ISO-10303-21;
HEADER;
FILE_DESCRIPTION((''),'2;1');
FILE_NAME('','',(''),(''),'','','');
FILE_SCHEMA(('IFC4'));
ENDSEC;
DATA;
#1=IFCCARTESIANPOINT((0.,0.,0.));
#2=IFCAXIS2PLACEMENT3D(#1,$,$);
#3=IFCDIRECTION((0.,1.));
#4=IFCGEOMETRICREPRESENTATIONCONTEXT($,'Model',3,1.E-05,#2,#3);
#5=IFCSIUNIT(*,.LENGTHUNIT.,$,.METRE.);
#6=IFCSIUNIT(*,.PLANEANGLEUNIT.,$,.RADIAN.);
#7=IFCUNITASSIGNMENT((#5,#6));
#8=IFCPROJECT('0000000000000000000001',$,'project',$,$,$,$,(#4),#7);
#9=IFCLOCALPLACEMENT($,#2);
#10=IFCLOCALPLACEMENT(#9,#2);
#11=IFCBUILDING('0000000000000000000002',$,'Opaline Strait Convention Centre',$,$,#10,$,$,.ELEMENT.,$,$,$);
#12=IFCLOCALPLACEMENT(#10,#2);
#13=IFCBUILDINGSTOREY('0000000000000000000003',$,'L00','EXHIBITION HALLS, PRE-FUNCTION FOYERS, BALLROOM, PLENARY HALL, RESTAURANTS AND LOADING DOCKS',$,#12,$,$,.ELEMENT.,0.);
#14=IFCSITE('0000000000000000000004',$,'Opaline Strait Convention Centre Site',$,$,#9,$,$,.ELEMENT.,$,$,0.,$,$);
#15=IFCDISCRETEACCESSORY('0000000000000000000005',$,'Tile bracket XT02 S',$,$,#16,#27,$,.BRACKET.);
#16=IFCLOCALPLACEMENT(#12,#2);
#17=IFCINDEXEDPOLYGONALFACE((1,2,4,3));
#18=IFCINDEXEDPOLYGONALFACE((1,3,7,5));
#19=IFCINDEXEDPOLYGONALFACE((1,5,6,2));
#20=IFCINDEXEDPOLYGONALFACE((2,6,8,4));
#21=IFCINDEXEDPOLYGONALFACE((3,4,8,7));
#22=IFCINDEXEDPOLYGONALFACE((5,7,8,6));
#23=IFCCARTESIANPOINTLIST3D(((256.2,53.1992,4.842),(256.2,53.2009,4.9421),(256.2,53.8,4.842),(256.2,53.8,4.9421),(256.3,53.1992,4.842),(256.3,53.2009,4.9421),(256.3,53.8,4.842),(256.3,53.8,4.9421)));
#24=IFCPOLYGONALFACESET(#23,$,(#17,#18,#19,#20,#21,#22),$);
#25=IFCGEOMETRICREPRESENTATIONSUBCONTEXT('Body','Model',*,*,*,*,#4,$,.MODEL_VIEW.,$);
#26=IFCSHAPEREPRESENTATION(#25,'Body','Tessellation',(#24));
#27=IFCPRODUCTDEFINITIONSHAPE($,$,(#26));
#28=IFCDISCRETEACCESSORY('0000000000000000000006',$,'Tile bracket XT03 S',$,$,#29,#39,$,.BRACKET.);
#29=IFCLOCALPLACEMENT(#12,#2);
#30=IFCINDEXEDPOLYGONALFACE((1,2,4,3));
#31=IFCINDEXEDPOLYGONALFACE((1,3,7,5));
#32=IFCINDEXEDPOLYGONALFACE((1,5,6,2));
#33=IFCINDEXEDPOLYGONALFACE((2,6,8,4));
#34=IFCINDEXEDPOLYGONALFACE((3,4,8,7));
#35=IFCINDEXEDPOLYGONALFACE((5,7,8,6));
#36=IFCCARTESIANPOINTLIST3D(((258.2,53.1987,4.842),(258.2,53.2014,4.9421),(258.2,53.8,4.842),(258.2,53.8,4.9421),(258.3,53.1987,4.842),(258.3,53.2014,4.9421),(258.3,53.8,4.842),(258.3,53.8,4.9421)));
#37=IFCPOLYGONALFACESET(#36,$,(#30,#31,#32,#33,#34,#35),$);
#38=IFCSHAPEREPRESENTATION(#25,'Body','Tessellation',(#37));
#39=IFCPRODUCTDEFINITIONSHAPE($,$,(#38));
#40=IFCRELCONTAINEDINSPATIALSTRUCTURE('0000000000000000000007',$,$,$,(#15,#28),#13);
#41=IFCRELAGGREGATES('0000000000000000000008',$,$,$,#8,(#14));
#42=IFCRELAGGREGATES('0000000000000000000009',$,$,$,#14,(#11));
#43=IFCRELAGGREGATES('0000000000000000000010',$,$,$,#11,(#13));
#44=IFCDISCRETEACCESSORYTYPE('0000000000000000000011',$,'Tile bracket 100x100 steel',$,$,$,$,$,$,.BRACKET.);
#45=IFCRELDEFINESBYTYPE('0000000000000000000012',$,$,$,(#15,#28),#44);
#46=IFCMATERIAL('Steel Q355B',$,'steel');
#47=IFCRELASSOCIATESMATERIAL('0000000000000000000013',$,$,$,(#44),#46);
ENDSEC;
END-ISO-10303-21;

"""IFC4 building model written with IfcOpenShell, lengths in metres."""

from ifc_helpers import new_model, si_unit, direction, frame, origin, place, context, subcontext, project, spatial, polyline, outline, extrude, material, type_object, element, save


model = new_model("IFC4")

# Units and contexts
model_context = context("Model", 3, precision=1e-05, world=origin(), true_north=direction((0.0, 1.0)))
body_context = subcontext(model_context, "Body", "Model", "MODEL_VIEW")
ifc_project = project(units=[si_unit("LENGTHUNIT", "METRE"), si_unit("PLANEANGLEUNIT", "RADIAN")], contexts=[model_context])

# Site, building, storey
site_placement = place(None, origin())
site = spatial("IfcSite", under=ifc_project, at=site_placement, Name="Opaline Strait Convention Centre Site", CompositionType="ELEMENT", RefElevation=0.0)
building_placement = place(site_placement, origin())
building = spatial("IfcBuilding", under=site, at=building_placement, Name="Opaline Strait Convention Centre", CompositionType="ELEMENT")
storey_placement = place(building_placement, origin())
storey = spatial("IfcBuildingStorey", under=building, at=storey_placement, Name="L00", Description="EXHIBITION HALLS, PRE-FUNCTION FOYERS, BALLROOM, PLENARY HALL, RESTAURANTS AND LOADING DOCKS", CompositionType="ELEMENT", Elevation=0.0)

# Discrete accessories
ifc_material_1 = material(Name="Steel Q355B", Category="steel")
discrete_accessory_type = type_object("IfcDiscreteAccessoryType", Name="Tile bracket 100x100 steel", PredefinedType="BRACKET", material=ifc_material_1)
discrete_accessory_1_placement = place(storey_placement, frame((256.2, 53.8, 4.8921), z_axis=(1.0, 0.0, 0.0), x_axis=(0.0, 1.0, 0.0)))
element("IfcDiscreteAccessory", 1, at=discrete_accessory_1_placement, inside=storey, type_object=discrete_accessory_type, Name="Tile bracket XT02 S", PredefinedType="BRACKET", context=body_context, shape_type="SweptSolid", body=[
    extrude(outline(polyline([(0.0, -0.05), (0.0, 0.05), (-0.5991, 0.05), (-0.6008, -0.05), (0.0, -0.05)])), origin(), (0.0, 0.0, 1.0), 0.1001),
])
discrete_accessory_2_placement = place(storey_placement, frame((258.2, 53.8, 4.8921), z_axis=(1.0, 0.0, 0.0), x_axis=(0.0, 1.0, 0.0)))
element("IfcDiscreteAccessory", 2, at=discrete_accessory_2_placement, inside=storey, type_object=discrete_accessory_type, Name="Tile bracket XT03 S", PredefinedType="BRACKET", context=body_context, shape_type="SweptSolid", body=[
    extrude(outline(polyline([(0.0, -0.05), (0.0, 0.05), (-0.5986, 0.05), (-0.6013, -0.05), (0.0, -0.05)])), origin(), (0.0, 0.0, 1.0), 0.1001),
])

save(model, "model.ifc")
